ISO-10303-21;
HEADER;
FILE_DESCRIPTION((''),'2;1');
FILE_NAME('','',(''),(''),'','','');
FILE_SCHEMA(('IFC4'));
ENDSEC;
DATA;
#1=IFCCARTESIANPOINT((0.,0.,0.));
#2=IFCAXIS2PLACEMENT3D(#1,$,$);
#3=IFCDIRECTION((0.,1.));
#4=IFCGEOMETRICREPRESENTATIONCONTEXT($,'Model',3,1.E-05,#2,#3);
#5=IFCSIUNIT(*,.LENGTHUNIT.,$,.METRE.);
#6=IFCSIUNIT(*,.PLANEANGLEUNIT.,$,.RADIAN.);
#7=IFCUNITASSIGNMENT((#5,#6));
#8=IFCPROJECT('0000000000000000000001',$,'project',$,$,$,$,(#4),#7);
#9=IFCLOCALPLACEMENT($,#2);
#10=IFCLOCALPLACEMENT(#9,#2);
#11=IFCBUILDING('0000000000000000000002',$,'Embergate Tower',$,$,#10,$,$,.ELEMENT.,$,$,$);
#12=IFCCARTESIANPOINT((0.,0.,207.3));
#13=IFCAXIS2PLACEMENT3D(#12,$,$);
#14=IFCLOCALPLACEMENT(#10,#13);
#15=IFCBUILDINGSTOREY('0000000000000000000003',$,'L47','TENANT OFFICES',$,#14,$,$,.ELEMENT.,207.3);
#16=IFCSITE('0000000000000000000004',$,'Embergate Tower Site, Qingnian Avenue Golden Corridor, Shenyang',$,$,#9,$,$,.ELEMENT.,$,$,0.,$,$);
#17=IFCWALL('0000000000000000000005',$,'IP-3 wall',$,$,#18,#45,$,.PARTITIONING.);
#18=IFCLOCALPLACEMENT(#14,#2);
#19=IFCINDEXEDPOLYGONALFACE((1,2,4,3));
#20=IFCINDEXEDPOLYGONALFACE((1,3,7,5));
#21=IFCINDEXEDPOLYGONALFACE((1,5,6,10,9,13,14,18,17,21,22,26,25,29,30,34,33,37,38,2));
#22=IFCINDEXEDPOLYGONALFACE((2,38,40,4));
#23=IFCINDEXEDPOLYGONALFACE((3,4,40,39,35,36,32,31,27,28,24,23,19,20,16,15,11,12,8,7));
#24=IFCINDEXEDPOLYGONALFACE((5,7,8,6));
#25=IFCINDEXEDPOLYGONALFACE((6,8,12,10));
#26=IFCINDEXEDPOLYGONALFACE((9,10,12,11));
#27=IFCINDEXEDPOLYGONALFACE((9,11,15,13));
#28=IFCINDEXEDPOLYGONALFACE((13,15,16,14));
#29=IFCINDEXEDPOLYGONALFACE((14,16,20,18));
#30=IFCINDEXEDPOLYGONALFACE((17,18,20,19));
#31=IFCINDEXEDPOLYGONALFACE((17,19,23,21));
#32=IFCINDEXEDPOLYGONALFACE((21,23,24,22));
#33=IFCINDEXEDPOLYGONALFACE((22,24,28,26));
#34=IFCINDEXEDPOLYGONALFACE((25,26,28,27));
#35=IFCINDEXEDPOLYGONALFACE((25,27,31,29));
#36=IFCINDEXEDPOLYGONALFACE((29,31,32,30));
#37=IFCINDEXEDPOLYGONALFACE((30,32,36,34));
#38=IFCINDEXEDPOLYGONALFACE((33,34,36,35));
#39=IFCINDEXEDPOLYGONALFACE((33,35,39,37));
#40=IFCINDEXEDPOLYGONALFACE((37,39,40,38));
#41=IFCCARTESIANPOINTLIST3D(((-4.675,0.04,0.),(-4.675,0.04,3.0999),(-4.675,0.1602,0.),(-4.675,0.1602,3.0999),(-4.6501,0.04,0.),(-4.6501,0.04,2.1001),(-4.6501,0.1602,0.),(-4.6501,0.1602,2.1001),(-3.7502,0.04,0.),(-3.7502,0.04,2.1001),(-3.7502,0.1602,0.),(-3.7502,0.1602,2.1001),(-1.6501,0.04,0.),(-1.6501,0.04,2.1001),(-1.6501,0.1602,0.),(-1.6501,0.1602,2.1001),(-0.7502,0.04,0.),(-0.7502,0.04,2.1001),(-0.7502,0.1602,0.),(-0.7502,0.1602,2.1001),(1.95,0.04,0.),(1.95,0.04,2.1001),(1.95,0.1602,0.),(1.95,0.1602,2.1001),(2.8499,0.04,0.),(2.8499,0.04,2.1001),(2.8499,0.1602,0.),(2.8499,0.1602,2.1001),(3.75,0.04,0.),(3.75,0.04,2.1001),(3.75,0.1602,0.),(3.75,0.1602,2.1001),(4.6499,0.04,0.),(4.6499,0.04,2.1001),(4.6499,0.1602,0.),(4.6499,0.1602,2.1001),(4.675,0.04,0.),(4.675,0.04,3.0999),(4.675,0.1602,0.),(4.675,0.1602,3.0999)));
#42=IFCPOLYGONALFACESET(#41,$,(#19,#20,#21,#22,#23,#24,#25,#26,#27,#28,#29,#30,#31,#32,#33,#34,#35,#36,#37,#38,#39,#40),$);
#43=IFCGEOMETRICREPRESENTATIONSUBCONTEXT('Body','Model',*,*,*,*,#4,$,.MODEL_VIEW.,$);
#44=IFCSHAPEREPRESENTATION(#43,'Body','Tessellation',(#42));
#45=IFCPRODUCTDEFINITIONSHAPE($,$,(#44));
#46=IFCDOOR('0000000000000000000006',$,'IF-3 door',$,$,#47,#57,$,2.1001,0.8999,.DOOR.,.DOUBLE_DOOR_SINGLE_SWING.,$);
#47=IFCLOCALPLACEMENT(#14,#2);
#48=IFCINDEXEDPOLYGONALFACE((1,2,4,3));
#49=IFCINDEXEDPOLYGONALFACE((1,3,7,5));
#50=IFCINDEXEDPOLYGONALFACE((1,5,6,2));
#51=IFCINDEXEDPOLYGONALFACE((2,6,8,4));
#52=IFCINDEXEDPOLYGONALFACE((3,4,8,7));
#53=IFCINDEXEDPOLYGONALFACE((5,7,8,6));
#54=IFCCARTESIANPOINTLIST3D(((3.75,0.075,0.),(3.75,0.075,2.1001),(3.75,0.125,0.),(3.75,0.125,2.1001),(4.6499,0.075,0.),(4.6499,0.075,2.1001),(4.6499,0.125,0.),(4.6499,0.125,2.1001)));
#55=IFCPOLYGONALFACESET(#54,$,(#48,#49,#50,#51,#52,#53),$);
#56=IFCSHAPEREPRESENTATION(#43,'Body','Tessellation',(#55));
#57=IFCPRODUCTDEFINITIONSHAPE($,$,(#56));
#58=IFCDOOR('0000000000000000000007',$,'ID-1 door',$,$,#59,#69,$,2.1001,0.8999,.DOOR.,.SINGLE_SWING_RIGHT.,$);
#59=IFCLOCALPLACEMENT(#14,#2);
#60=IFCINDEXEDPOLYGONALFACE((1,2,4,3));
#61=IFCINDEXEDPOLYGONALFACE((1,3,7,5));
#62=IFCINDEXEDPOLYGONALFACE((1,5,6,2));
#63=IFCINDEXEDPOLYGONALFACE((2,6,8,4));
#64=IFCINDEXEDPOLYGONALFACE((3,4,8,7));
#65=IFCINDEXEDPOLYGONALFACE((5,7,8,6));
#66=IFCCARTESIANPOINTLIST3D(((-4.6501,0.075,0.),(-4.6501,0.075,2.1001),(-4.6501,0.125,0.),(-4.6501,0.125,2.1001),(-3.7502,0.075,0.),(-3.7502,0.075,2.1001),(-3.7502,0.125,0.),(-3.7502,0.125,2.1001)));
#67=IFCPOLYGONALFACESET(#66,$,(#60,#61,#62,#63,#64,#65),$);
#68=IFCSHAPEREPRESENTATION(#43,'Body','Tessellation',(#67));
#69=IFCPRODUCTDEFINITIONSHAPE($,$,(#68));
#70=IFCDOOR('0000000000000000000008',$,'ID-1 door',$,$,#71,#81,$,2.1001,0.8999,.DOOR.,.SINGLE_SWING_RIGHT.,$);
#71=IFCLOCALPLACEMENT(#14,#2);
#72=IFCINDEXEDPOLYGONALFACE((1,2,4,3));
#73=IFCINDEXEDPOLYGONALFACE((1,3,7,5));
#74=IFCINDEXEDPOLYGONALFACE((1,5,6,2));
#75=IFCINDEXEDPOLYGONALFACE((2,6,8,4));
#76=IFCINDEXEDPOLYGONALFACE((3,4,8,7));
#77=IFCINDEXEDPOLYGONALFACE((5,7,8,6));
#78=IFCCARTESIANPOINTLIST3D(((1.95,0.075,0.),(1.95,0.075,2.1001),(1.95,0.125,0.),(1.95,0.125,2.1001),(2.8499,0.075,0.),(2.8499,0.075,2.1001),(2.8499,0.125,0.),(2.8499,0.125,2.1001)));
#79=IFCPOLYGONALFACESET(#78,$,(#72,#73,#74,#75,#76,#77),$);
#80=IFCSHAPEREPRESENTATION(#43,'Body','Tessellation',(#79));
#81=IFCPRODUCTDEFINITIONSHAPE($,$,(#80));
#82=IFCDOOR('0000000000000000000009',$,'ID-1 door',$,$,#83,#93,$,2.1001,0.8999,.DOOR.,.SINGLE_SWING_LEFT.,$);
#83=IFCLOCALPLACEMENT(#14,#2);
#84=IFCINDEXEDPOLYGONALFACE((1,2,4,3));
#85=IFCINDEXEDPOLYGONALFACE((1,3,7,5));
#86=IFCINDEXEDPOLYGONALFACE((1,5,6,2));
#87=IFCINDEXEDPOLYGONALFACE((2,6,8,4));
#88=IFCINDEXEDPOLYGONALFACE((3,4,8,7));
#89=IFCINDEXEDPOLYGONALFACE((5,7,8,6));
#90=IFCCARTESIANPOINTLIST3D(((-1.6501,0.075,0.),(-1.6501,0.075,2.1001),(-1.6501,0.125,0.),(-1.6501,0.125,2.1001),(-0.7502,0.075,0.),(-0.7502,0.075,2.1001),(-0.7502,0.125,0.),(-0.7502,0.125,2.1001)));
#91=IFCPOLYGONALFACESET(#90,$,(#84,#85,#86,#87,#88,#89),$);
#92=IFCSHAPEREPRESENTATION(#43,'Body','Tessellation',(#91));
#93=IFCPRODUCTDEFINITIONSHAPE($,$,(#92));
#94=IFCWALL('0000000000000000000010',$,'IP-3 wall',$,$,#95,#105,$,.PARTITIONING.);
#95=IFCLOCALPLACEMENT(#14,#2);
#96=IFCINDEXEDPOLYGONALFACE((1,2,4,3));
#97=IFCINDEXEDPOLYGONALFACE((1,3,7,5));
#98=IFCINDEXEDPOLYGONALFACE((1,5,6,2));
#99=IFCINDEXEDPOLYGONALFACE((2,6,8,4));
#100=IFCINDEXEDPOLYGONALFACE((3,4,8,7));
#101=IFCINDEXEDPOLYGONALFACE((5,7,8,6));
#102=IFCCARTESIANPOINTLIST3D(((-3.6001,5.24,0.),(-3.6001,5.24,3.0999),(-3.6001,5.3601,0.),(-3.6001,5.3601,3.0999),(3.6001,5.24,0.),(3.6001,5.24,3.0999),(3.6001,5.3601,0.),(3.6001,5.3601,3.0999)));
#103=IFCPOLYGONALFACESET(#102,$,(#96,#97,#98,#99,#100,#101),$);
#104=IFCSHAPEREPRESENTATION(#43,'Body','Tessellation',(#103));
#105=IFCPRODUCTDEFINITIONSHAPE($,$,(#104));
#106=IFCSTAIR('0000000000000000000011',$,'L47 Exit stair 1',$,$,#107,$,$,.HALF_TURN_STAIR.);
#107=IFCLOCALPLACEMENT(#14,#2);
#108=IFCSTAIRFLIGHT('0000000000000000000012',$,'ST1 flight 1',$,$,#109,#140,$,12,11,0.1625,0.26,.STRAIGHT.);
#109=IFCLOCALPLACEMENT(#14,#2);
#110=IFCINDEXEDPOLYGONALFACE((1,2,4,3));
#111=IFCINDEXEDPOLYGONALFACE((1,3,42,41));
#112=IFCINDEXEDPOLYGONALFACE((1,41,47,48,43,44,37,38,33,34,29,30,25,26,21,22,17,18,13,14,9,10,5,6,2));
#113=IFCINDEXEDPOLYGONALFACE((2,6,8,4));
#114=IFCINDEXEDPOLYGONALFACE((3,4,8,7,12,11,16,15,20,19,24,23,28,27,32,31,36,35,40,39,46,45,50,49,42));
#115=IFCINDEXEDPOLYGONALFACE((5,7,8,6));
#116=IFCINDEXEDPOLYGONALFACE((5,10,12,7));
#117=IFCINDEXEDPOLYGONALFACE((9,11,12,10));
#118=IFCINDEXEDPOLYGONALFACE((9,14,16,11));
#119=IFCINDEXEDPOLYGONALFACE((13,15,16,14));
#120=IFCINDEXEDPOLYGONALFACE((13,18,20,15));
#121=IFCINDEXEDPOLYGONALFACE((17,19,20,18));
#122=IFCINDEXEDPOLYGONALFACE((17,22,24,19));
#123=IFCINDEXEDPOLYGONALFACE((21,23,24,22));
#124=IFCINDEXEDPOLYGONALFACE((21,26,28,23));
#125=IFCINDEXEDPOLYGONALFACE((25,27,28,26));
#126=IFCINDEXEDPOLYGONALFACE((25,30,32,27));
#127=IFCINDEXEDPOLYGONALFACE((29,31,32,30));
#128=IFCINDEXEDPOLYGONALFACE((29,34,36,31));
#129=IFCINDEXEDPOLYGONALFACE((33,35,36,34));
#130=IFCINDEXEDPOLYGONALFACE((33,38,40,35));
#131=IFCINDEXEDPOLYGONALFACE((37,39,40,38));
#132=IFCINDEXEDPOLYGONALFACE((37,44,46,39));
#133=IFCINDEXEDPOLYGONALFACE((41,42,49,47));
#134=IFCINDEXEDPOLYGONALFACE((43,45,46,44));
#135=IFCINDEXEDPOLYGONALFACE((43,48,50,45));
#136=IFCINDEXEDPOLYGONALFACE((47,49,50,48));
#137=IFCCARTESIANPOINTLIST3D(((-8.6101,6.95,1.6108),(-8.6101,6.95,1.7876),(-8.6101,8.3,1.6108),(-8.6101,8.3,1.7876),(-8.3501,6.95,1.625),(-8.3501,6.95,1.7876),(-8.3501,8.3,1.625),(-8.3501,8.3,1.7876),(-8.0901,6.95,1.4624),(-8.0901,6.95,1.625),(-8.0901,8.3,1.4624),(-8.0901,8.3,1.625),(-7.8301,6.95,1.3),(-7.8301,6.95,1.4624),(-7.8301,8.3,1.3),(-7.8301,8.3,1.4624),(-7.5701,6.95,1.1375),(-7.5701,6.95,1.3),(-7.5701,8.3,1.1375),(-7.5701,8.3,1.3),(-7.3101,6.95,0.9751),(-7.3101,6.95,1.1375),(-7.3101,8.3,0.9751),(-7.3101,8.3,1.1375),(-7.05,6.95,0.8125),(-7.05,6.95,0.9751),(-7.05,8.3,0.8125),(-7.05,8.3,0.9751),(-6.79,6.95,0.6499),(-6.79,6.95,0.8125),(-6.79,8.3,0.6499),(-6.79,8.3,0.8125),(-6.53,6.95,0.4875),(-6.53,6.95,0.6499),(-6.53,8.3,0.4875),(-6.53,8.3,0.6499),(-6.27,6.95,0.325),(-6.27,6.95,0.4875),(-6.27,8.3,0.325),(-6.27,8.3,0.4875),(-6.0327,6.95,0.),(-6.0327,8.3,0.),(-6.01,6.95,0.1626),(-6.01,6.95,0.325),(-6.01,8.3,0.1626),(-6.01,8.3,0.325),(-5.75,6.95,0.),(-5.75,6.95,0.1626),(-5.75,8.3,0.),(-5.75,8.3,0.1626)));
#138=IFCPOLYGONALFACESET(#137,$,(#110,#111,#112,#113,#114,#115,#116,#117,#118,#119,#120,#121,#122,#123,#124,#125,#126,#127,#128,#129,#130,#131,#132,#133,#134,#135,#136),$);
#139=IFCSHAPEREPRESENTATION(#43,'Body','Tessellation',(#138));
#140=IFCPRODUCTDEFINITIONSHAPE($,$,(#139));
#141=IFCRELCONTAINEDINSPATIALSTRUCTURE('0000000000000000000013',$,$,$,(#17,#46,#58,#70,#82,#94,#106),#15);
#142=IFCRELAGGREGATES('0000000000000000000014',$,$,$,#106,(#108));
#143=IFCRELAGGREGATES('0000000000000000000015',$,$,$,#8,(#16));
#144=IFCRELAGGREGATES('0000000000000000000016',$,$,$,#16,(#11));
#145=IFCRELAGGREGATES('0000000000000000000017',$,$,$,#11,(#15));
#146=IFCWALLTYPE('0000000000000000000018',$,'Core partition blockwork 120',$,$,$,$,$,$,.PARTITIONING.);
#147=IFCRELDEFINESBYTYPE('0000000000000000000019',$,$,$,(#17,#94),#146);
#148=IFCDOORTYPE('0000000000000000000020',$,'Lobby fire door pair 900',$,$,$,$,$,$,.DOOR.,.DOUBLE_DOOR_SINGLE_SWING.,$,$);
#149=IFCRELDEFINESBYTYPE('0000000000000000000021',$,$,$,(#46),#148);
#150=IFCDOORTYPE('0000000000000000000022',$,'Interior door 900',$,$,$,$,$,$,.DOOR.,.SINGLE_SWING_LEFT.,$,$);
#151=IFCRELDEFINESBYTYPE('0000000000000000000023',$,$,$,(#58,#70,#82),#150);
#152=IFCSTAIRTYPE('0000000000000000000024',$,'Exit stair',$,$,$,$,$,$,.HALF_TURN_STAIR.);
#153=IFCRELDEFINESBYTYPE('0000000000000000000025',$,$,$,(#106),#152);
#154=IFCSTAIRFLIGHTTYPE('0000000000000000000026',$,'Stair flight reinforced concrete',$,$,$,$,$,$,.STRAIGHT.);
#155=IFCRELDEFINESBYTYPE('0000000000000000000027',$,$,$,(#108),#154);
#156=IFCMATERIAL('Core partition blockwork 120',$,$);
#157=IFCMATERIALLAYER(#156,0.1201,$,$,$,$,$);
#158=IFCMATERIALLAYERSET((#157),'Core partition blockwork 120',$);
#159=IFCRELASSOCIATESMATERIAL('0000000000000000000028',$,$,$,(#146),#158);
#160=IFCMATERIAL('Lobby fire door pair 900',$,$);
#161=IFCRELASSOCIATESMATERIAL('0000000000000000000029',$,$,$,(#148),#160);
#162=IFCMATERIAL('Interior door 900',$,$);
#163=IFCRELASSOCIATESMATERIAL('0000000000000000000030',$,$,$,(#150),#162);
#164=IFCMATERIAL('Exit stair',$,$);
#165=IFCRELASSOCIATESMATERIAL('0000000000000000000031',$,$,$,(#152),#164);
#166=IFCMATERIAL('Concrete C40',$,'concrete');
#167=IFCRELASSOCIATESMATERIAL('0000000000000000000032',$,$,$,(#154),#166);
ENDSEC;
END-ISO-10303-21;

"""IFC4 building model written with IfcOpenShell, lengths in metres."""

from ifc_helpers import new_model, si_unit, direction, frame, frame_2d, origin, place, context, subcontext, project, spatial, polyline, rectangle, outline, extrude, source, transform, mapped, material, layer, layer_set, type_object, element, fill, aggregate, save


model = new_model("IFC4")

# Units and contexts
model_context = context("Model", 3, precision=1e-05, world=origin(), true_north=direction((0.0, 1.0)))
body_context = subcontext(model_context, "Body", "Model", "MODEL_VIEW")
ifc_project = project(units=[si_unit("LENGTHUNIT", "METRE"), si_unit("PLANEANGLEUNIT", "RADIAN")], contexts=[model_context])

# Site, building, storey
site_placement = place(None, origin())
site = spatial("IfcSite", under=ifc_project, at=site_placement, Name="Embergate Tower Site, Qingnian Avenue Golden Corridor, Shenyang", CompositionType="ELEMENT", RefElevation=0.0)
building_placement = place(site_placement, origin())
building = spatial("IfcBuilding", under=site, at=building_placement, Name="Embergate Tower", CompositionType="ELEMENT")
storey_placement = place(building_placement, frame((0.0, 0.0, 207.3)))
storey = spatial("IfcBuildingStorey", under=building, at=storey_placement, Name="L47", Description="TENANT OFFICES", CompositionType="ELEMENT", Elevation=207.3)

# Shared definitions
ifc_material_1 = material(Name="Core partition blockwork 120")
ifc_layer_1 = layer(ifc_material_1, 0.1201)
ifc_layer_set_1 = layer_set([ifc_layer_1], Name="Core partition blockwork 120")
wall_type_1 = type_object("IfcWallType", Name="Core partition blockwork 120", PredefinedType="PARTITIONING", material=ifc_layer_set_1)

# Wall, openings, doors
shared_shape_1 = source(origin(), body_context, "Body", "SweptSolid", [
    extrude(rectangle(XDim=9.3501, YDim=0.1201, at=frame_2d((4.675, 0.0))), origin(), (0.0, 0.0, 1.0), 3.0999),
])
wall_1_placement = place(storey_placement, frame((-4.675, 0.1001, 0.0), z_axis=(0.0, 0.0, 1.0), x_axis=(1.0, 0.0, 0.0)))
wall_1 = element("IfcWall", 1, at=wall_1_placement, inside=storey, type_object=wall_type_1, Name="IP-3 wall", PredefinedType="PARTITIONING", context=body_context, shape_type="MappedRepresentation", body=[
    mapped(shared_shape_1, transform((0.0, 0.0, 0.0))),
])
shared_shape_2 = source(origin(), body_context, "Body", "SweptSolid", [
    extrude(rectangle(XDim=0.8999, YDim=2.1001, at=frame_2d((0.45, 1.05))), frame((0.0, 0.0701, 0.0), z_axis=(0.0, -1.0, 0.0), x_axis=(1.0, 0.0, 0.0)), (0.0, 0.0, 1.0), 0.1401),
])
opening_1_placement = place(wall_1_placement, frame((8.425, 0.0, 0.0)))
opening_1 = element("IfcOpeningElement", 2, at=opening_1_placement, cuts=wall_1, PredefinedType="OPENING", context=body_context, shape_type="MappedRepresentation", body=[
    mapped(shared_shape_2, transform((0.0, 0.0, 0.0))),
])
opening_2_placement = place(wall_1_placement, frame((0.0249, 0.0, 0.0)))
opening_2 = element("IfcOpeningElement", 3, at=opening_2_placement, cuts=wall_1, PredefinedType="OPENING", context=body_context, shape_type="MappedRepresentation", body=[
    mapped(shared_shape_2, transform((0.0, 0.0, 0.0))),
])
opening_3_placement = place(wall_1_placement, frame((6.625, 0.0, 0.0)))
opening_3 = element("IfcOpeningElement", 4, at=opening_3_placement, cuts=wall_1, PredefinedType="OPENING", context=body_context, shape_type="MappedRepresentation", body=[
    mapped(shared_shape_2, transform((0.0, 0.0, 0.0))),
])
opening_4_placement = place(wall_1_placement, frame((3.0249, 0.0, 0.0)))
opening_4 = element("IfcOpeningElement", 5, at=opening_4_placement, cuts=wall_1, PredefinedType="OPENING", context=body_context, shape_type="MappedRepresentation", body=[
    mapped(shared_shape_2, transform((0.0, 0.0, 0.0))),
])
ifc_material_2 = material(Name="Lobby fire door pair 900")
door_type_1 = type_object("IfcDoorType", Name="Lobby fire door pair 900", OperationType="DOUBLE_DOOR_SINGLE_SWING", PredefinedType="DOOR", material=ifc_material_2)
shared_shape_3 = source(origin(), body_context, "Body", "SweptSolid", [
    extrude(rectangle(XDim=0.8999, YDim=2.1001, at=frame_2d((0.45, 1.05))), frame((0.0, 0.0249, 0.0), z_axis=(0.0, -1.0, 0.0), x_axis=(1.0, 0.0, 0.0)), (0.0, 0.0, 1.0), 0.05),
])
door_1_placement = place(opening_1_placement, origin())
door_1 = element("IfcDoor", 6, at=door_1_placement, inside=storey, type_object=door_type_1, Name="IF-3 door", OperationType="DOUBLE_DOOR_SINGLE_SWING", OverallHeight=2.1001, OverallWidth=0.8999, PredefinedType="DOOR", context=body_context, shape_type="MappedRepresentation", body=[
    mapped(shared_shape_3, transform((0.0, 0.0, 0.0))),
])
fill(opening_1, door_1)
ifc_material_3 = material(Name="Interior door 900")
door_type_2 = type_object("IfcDoorType", Name="Interior door 900", OperationType="SINGLE_SWING_LEFT", PredefinedType="DOOR", material=ifc_material_3)
door_2_placement = place(opening_2_placement, origin())
door_2 = element("IfcDoor", 7, at=door_2_placement, inside=storey, type_object=door_type_2, Name="ID-1 door", OperationType="SINGLE_SWING_RIGHT", OverallHeight=2.1001, OverallWidth=0.8999, PredefinedType="DOOR", context=body_context, shape_type="MappedRepresentation", body=[
    mapped(shared_shape_3, transform((0.0, 0.0, 0.0))),
])
fill(opening_2, door_2)
door_3_placement = place(opening_3_placement, origin())
door_3 = element("IfcDoor", 8, at=door_3_placement, inside=storey, type_object=door_type_2, Name="ID-1 door", OperationType="SINGLE_SWING_RIGHT", OverallHeight=2.1001, OverallWidth=0.8999, PredefinedType="DOOR", context=body_context, shape_type="MappedRepresentation", body=[
    mapped(shared_shape_3, transform((0.0, 0.0, 0.0))),
])
fill(opening_3, door_3)
door_4_placement = place(opening_4_placement, origin())
door_4 = element("IfcDoor", 9, at=door_4_placement, inside=storey, type_object=door_type_2, Name="ID-1 door", OperationType="SINGLE_SWING_LEFT", OverallHeight=2.1001, OverallWidth=0.8999, PredefinedType="DOOR", context=body_context, shape_type="MappedRepresentation", body=[
    mapped(shared_shape_3, transform((0.0, 0.0, 0.0))),
])
fill(opening_4, door_4)

# Wall
shared_shape_4 = source(origin(), body_context, "Body", "SweptSolid", [
    extrude(rectangle(XDim=7.2002, YDim=0.1201, at=frame_2d((3.6001, 0.0))), origin(), (0.0, 0.0, 1.0), 3.0999),
])
wall_2_placement = place(storey_placement, frame((-3.6001, 5.3, 0.0), z_axis=(0.0, 0.0, 1.0), x_axis=(1.0, 0.0, 0.0)))
element("IfcWall", 10, at=wall_2_placement, inside=storey, type_object=wall_type_1, Name="IP-3 wall", PredefinedType="PARTITIONING", context=body_context, shape_type="MappedRepresentation", body=[
    mapped(shared_shape_4, transform((0.0, 0.0, 0.0))),
])

# Stair, stair flight
ifc_material_4 = material(Name="Exit stair")
stair_type = type_object("IfcStairType", Name="Exit stair", PredefinedType="HALF_TURN_STAIR", material=ifc_material_4)
stair_placement = place(storey_placement, origin())
stair = element("IfcStair", 11, at=stair_placement, inside=storey, type_object=stair_type, Name="L47 Exit stair 1", PredefinedType="HALF_TURN_STAIR")
ifc_material_5 = material(Name="Concrete C40", Category="concrete")
stair_flight_type = type_object("IfcStairFlightType", Name="Stair flight reinforced concrete", PredefinedType="STRAIGHT", material=ifc_material_5)
shared_shape_5 = source(origin(), body_context, "Body", "SweptSolid", [
    extrude(outline(polyline([(0.0, 0.0), (0.0, 0.1626), (0.26, 0.1626), (0.26, 0.325), (0.52, 0.325), (0.52, 0.4875), (0.78, 0.4875), (0.78, 0.6499), (1.04, 0.6499), (1.04, 0.8125), (1.3, 0.8125), (1.3, 0.9751), (1.5601, 0.9751), (1.5601, 1.1375), (1.8201, 1.1375), (1.8201, 1.3), (2.0801, 1.3), (2.0801, 1.4624), (2.3401, 1.4624), (2.3401, 1.625), (2.6001, 1.625), (2.6001, 1.7876), (2.8601, 1.7876), (2.8601, 1.95), (2.8601, 1.6108), (0.2827, 0.0), (0.0, 0.0)])), frame((0.0, 0.675, 0.0), z_axis=(0.0, -1.0, 0.0), x_axis=(1.0, 0.0, 0.0)), (0.0, 0.0, 1.0), 1.3501),
])
stair_flight_placement = place(storey_placement, frame((-5.75, 7.625, 0.0), z_axis=(0.0, 0.0, 1.0), x_axis=(-1.0, 0.0, 0.0)))
stair_flight = element("IfcStairFlight", 12, at=stair_flight_placement, type_object=stair_flight_type, Name="ST1 flight 1", NumberOfRisers=12, NumberOfTreads=11, PredefinedType="STRAIGHT", RiserHeight=0.1625, TreadLength=0.26, context=body_context, shape_type="MappedRepresentation", body=[
    mapped(shared_shape_5, transform((0.0, 0.0, 0.0))),
])
aggregate(stair, [stair_flight])

save(model, "model.ifc")
